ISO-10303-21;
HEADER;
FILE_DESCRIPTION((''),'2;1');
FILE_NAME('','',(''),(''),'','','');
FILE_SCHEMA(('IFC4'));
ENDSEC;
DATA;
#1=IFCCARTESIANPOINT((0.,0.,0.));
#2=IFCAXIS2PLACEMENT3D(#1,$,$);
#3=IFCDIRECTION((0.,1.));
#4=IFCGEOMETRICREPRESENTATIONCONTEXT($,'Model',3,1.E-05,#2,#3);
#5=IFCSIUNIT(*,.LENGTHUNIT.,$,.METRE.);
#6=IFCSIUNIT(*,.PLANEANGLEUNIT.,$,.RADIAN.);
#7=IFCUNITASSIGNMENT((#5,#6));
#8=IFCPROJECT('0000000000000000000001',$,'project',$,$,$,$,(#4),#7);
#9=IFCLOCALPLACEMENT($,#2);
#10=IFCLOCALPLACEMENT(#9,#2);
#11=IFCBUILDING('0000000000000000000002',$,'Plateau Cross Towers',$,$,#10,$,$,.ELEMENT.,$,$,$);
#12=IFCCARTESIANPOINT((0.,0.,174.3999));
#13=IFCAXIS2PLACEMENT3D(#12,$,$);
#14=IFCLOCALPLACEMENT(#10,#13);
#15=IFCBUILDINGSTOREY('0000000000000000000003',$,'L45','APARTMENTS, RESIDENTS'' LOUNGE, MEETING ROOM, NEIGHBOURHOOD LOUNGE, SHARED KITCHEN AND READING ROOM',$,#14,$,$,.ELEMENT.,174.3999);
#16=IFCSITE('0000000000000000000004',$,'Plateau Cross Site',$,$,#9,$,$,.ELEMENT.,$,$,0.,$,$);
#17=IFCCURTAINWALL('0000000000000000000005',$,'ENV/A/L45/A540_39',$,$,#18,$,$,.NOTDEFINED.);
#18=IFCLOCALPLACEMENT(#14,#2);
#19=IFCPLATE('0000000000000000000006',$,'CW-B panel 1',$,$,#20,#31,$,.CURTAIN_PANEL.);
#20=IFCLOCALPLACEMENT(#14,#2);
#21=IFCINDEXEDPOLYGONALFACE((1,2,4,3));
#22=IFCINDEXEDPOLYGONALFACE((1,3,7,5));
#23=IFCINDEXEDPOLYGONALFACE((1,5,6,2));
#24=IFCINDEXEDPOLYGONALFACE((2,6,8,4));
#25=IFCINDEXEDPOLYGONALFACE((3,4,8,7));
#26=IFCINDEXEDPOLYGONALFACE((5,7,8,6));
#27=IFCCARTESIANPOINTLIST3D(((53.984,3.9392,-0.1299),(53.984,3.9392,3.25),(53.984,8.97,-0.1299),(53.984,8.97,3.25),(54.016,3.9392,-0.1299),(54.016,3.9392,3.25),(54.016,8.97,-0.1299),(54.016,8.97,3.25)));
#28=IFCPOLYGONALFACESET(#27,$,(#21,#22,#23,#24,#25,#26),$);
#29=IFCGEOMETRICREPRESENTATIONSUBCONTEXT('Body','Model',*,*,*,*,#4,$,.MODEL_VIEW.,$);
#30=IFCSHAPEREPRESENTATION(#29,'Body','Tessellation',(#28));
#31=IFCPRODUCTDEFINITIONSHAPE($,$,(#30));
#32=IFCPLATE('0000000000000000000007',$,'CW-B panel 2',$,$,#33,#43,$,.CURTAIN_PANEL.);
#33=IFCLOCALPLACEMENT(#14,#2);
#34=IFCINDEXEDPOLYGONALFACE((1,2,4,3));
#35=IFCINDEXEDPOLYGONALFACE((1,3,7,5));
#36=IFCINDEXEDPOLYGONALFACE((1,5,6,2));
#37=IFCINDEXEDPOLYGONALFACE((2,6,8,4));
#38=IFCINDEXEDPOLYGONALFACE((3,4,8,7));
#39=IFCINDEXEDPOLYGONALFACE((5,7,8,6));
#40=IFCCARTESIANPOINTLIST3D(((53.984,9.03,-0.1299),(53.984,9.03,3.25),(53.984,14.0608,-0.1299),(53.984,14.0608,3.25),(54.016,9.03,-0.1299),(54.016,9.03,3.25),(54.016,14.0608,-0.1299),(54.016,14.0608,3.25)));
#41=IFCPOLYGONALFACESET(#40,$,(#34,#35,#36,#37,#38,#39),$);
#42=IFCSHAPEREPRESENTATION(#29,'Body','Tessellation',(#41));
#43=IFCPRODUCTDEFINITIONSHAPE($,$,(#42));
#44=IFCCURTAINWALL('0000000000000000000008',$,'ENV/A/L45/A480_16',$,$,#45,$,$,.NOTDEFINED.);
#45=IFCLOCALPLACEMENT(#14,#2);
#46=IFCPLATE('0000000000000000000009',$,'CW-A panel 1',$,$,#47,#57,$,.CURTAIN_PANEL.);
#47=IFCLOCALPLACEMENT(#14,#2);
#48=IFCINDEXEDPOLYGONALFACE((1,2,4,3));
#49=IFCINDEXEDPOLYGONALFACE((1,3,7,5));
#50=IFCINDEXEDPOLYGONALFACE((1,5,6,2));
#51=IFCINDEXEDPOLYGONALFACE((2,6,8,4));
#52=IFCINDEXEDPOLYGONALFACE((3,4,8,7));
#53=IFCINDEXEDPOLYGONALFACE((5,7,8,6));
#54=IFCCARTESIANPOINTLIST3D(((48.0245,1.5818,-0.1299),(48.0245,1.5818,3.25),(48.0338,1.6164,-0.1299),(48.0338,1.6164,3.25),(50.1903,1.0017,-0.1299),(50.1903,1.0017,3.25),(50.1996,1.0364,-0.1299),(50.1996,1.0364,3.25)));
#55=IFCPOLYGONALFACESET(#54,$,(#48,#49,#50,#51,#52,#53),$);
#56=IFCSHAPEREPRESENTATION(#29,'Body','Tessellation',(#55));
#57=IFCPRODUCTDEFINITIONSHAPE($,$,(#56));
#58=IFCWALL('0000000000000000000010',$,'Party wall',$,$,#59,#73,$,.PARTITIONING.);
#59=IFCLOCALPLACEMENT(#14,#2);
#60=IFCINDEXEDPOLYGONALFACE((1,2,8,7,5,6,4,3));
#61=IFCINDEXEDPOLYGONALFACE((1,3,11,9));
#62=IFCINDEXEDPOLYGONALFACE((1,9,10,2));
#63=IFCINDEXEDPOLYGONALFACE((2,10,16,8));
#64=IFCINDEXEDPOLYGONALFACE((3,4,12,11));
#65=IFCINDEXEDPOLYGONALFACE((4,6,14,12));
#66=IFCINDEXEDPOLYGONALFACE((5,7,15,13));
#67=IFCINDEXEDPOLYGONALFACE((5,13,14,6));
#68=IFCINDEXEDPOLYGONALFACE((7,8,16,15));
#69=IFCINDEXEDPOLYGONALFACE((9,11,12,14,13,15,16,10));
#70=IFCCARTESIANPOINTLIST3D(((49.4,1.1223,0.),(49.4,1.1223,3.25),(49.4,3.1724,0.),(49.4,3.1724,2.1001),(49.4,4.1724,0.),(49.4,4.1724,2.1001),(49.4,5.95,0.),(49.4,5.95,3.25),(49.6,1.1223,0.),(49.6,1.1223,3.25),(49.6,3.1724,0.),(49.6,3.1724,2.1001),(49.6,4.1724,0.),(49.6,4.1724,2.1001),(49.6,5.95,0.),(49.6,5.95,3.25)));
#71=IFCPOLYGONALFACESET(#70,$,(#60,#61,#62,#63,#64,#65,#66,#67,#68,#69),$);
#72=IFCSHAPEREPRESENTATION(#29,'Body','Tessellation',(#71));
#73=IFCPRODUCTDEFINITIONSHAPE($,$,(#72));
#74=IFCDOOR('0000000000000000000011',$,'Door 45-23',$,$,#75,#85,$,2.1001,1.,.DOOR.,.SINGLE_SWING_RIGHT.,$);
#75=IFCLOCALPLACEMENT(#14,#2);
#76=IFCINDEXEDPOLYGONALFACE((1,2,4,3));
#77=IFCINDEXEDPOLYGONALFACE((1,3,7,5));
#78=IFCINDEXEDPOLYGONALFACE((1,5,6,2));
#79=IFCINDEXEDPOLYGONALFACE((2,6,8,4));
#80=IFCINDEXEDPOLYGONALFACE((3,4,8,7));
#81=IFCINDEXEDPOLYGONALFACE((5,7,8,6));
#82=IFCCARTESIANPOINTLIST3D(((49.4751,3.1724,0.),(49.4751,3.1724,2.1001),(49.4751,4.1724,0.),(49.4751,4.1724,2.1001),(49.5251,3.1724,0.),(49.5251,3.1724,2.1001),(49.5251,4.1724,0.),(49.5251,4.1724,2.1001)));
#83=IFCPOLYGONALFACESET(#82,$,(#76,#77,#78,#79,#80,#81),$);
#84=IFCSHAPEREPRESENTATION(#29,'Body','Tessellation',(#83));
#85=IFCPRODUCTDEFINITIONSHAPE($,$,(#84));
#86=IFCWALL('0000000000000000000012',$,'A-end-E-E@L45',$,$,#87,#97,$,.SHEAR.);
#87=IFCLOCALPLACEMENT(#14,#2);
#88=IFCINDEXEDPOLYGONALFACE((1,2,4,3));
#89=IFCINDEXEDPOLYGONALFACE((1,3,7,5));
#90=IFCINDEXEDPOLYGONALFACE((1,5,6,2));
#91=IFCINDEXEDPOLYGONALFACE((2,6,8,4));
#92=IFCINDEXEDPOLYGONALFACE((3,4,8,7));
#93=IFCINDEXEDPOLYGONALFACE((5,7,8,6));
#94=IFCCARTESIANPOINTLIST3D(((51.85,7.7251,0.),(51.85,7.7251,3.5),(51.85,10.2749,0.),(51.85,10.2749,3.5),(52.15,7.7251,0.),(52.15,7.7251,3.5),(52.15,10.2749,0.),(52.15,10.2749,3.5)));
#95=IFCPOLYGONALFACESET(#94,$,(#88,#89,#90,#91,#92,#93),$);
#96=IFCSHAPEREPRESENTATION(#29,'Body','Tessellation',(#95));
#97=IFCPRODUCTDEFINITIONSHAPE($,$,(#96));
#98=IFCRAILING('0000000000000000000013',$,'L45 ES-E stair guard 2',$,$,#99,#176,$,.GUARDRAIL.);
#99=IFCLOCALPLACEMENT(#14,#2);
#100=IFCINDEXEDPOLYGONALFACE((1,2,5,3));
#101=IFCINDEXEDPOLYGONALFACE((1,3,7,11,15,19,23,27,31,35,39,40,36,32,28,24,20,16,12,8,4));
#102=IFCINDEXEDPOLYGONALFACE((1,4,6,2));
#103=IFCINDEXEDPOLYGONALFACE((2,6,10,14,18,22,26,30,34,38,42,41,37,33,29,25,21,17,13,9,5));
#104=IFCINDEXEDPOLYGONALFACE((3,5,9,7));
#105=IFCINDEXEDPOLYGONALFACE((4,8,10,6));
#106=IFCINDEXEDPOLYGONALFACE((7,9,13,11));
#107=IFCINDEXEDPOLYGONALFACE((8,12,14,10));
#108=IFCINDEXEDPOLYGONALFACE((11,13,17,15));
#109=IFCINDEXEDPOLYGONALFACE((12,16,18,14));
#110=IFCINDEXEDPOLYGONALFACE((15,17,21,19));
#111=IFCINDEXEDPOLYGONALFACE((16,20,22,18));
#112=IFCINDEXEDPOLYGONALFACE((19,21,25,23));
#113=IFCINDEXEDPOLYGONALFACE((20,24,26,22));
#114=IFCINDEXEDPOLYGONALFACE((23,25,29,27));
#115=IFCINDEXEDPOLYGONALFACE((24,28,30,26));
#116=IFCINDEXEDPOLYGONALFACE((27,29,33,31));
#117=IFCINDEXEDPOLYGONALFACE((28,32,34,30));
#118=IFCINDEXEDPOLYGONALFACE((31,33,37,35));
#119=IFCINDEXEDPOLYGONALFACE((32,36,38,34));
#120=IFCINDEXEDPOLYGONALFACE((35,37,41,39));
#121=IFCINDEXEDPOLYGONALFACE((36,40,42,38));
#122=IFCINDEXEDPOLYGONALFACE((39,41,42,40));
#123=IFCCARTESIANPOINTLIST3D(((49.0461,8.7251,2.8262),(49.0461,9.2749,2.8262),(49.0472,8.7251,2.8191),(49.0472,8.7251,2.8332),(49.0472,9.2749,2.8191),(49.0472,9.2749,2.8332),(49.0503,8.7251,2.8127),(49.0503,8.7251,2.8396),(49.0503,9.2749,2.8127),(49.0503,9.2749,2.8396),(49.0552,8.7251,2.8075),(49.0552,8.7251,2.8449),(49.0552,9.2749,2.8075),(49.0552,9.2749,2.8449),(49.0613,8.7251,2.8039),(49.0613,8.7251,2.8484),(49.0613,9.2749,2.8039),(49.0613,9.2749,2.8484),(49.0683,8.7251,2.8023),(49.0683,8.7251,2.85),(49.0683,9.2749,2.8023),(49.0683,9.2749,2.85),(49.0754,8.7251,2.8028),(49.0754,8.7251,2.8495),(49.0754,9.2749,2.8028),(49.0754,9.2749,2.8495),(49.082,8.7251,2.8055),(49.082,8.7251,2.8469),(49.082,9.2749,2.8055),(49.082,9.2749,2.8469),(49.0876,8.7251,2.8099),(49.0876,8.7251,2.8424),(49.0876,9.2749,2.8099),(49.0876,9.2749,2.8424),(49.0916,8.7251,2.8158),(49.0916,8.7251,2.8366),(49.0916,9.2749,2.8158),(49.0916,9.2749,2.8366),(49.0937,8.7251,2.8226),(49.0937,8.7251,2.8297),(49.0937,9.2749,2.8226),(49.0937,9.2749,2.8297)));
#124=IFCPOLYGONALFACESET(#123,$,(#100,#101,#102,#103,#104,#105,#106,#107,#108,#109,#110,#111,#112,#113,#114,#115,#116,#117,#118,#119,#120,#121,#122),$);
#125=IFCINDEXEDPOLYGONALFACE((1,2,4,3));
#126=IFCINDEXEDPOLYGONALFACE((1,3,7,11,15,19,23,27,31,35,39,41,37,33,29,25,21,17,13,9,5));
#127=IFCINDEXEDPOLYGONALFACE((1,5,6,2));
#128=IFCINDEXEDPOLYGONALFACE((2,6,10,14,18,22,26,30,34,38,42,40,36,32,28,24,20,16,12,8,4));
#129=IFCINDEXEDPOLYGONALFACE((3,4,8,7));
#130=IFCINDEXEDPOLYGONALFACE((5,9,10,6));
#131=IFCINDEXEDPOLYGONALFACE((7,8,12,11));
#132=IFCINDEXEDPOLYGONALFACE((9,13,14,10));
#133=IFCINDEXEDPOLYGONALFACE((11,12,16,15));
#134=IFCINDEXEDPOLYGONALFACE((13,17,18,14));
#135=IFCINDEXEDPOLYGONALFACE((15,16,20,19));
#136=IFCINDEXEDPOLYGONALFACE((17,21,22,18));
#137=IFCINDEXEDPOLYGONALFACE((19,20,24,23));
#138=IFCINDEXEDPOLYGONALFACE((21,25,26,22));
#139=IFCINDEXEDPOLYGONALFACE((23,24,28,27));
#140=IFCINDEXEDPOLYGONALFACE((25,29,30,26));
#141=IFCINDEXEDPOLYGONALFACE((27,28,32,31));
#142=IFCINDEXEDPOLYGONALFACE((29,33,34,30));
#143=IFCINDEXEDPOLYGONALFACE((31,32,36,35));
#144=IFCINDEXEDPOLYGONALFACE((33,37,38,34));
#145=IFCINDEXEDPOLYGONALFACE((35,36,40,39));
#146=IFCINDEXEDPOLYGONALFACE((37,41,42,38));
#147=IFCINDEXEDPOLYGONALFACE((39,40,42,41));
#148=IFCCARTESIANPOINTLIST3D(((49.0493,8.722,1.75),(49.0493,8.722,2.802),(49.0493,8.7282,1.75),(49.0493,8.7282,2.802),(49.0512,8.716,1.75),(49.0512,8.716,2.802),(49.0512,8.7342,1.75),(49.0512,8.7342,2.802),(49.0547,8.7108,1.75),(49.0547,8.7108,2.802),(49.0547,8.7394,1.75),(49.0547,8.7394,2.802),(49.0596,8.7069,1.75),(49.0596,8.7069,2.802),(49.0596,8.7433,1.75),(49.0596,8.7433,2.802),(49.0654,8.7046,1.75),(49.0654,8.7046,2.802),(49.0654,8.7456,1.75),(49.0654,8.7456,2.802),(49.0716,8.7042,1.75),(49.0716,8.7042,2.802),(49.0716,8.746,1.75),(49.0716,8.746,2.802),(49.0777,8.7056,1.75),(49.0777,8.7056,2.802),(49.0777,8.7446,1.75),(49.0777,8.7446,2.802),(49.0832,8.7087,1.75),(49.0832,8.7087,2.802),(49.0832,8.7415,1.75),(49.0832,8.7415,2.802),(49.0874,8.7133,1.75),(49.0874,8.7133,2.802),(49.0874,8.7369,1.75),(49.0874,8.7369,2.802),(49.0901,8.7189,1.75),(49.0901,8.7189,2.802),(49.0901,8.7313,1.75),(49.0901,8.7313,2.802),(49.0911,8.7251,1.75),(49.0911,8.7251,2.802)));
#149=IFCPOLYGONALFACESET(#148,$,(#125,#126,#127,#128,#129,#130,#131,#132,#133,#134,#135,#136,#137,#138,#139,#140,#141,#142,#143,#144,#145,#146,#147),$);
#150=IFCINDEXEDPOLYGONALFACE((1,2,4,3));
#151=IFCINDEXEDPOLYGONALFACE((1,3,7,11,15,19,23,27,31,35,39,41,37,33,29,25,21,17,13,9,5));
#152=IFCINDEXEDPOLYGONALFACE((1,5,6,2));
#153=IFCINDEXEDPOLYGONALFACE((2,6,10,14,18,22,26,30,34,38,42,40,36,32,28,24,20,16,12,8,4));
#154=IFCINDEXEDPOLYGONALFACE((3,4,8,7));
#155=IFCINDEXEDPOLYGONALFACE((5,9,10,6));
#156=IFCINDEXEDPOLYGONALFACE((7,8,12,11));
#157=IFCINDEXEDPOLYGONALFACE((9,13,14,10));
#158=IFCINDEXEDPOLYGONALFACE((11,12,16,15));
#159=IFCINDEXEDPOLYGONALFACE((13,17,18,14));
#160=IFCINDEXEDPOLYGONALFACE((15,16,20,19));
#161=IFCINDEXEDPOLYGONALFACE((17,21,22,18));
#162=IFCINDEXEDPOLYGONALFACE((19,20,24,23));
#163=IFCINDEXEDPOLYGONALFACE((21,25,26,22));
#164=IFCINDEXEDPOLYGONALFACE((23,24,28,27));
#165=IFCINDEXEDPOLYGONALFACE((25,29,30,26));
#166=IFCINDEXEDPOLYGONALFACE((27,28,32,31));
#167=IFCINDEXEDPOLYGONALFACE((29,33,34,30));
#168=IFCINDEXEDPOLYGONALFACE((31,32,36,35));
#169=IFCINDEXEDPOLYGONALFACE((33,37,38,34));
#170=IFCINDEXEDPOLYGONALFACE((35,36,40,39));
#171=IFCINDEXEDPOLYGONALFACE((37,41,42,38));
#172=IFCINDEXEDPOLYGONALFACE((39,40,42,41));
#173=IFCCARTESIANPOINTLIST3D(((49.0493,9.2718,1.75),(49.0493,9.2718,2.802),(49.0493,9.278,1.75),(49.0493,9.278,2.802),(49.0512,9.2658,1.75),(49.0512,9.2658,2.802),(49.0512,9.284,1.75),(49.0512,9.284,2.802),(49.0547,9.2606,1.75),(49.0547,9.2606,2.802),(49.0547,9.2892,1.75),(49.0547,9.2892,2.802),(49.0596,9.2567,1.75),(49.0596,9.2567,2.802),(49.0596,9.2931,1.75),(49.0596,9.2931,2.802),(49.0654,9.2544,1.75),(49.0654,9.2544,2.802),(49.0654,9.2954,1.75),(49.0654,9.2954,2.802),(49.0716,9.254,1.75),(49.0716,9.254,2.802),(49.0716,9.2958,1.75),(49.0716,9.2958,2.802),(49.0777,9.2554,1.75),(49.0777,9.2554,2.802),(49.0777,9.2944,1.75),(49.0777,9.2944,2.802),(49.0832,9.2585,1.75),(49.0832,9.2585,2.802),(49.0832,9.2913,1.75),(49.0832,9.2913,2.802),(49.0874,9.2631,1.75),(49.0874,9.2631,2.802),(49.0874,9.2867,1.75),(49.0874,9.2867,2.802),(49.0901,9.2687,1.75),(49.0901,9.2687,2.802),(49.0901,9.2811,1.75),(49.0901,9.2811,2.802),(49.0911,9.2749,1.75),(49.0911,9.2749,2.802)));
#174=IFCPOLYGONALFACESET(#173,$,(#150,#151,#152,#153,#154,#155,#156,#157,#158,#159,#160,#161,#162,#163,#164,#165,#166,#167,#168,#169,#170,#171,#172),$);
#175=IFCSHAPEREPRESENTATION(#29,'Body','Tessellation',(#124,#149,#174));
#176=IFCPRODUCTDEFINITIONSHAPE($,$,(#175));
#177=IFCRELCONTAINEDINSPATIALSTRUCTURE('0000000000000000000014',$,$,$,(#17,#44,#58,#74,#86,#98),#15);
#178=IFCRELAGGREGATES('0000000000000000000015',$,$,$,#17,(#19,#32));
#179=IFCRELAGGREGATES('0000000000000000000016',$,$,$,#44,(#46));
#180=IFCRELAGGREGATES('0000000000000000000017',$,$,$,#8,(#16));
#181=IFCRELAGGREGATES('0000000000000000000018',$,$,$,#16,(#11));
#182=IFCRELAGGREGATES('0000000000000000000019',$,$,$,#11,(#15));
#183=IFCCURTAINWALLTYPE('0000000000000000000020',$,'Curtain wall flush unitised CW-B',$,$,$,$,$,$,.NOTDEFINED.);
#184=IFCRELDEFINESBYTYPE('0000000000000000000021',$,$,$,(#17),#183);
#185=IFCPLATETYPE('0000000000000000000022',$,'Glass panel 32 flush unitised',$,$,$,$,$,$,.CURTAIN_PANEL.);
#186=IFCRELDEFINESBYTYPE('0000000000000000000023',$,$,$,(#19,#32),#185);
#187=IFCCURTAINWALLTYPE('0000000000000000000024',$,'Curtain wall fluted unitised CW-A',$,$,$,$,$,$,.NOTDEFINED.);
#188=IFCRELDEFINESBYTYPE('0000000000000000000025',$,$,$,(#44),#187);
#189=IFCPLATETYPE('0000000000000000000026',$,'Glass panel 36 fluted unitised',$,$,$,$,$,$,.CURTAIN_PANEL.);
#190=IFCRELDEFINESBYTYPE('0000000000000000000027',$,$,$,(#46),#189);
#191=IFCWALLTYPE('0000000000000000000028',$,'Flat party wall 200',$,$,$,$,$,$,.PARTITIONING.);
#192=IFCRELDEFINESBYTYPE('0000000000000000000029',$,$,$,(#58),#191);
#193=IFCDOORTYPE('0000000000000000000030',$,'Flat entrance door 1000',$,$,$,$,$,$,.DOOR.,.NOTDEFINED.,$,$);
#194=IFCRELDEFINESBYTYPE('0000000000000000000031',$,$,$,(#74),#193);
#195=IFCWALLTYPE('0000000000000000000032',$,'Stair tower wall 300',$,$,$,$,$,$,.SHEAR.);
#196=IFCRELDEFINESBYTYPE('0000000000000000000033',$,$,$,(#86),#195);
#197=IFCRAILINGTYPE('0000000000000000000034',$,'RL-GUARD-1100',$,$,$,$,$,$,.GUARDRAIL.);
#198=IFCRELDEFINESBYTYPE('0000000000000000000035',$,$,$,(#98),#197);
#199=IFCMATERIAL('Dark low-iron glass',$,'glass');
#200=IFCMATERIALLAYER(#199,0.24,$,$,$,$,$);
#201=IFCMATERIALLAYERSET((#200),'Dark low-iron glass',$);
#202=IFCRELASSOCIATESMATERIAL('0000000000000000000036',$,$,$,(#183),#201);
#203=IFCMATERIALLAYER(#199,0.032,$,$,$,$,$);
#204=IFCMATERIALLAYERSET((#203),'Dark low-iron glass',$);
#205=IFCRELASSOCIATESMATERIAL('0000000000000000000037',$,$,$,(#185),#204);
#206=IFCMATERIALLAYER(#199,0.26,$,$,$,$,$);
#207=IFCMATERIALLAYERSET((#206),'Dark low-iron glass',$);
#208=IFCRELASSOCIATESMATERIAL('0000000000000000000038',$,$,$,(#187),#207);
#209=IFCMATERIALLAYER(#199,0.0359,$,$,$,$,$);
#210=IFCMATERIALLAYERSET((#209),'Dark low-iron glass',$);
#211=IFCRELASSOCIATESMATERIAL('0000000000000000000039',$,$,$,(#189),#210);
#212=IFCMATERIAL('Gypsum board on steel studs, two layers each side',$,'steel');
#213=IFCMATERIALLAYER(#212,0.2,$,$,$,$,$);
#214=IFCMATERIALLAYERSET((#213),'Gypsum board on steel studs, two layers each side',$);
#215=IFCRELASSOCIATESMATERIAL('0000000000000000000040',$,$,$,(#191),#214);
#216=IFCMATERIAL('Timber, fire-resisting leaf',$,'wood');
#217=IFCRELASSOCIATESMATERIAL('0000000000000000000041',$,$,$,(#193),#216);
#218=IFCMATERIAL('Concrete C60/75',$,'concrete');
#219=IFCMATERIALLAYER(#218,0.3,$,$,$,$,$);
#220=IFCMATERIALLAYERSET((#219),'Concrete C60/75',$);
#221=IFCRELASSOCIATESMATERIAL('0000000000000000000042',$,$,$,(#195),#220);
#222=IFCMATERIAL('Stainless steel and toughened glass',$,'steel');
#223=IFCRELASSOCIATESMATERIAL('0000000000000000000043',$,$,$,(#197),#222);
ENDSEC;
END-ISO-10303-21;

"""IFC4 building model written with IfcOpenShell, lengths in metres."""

from ifc_helpers import new_model, si_unit, direction, frame, frame_2d, origin, origin_2d, place, context, subcontext, project, spatial, rectangle, circle, extrude, material, layer, layer_set, type_object, element, fill, aggregate, save


model = new_model("IFC4")

# Units and contexts
model_context = context("Model", 3, precision=1e-05, world=origin(), true_north=direction((0.0, 1.0)))
body_context = subcontext(model_context, "Body", "Model", "MODEL_VIEW")
ifc_project = project(units=[si_unit("LENGTHUNIT", "METRE"), si_unit("PLANEANGLEUNIT", "RADIAN")], contexts=[model_context])

# Site, building, storey
site_placement = place(None, origin())
site = spatial("IfcSite", under=ifc_project, at=site_placement, Name="Plateau Cross Site", CompositionType="ELEMENT", RefElevation=0.0)
building_placement = place(site_placement, origin())
building = spatial("IfcBuilding", under=site, at=building_placement, Name="Plateau Cross Towers", CompositionType="ELEMENT")
storey_placement = place(building_placement, frame((0.0, 0.0, 174.3999)))
storey = spatial("IfcBuildingStorey", under=building, at=storey_placement, Name="L45", Description="APARTMENTS, RESIDENTS' LOUNGE, MEETING ROOM, NEIGHBOURHOOD LOUNGE, SHARED KITCHEN AND READING ROOM", CompositionType="ELEMENT", Elevation=174.3999)

# Shared definitions
ifc_material_1 = material(Name="Concrete C60/75", Category="concrete")

# Shared definitions
ifc_material_2 = material(Name="Dark low-iron glass", Category="glass")
ifc_layer_1 = layer(ifc_material_2, 0.24)
ifc_layer_set_1 = layer_set([ifc_layer_1], Name="Dark low-iron glass")
curtain_wall_type_1 = type_object("IfcCurtainWallType", Name="Curtain wall flush unitised CW-B", PredefinedType="NOTDEFINED", material=ifc_layer_set_1)

# Curtain wall
curtain_wall_1_placement = place(storey_placement, origin())
curtain_wall_1 = element("IfcCurtainWall", 1, at=curtain_wall_1_placement, inside=storey, type_object=curtain_wall_type_1, Name="ENV/A/L45/A540_39", PredefinedType="NOTDEFINED")

# Plates
ifc_layer_2 = layer(ifc_material_2, 0.032)
ifc_layer_set_2 = layer_set([ifc_layer_2], Name="Dark low-iron glass")
plate_type_1 = type_object("IfcPlateType", Name="Glass panel 32 flush unitised", PredefinedType="CURTAIN_PANEL", material=ifc_layer_set_2)
plate_1_placement = place(storey_placement, frame((54.0, 6.4546, -0.1299), z_axis=(0.0, 0.0, 1.0), x_axis=(0.0, 1.0, 0.0)))
plate_1 = element("IfcPlate", 2, at=plate_1_placement, type_object=plate_type_1, Name="CW-B panel 1", PredefinedType="CURTAIN_PANEL", context=body_context, shape_type="SweptSolid", body=[
    extrude(rectangle(XDim=5.0308, YDim=0.032, at=origin_2d()), origin(), (0.0, 0.0, 1.0), 3.3799),
])
plate_2_placement = place(storey_placement, frame((54.0, 11.5454, -0.1299), z_axis=(0.0, 0.0, 1.0), x_axis=(0.0, 1.0, 0.0)))
plate_2 = element("IfcPlate", 3, at=plate_2_placement, type_object=plate_type_1, Name="CW-B panel 2", PredefinedType="CURTAIN_PANEL", context=body_context, shape_type="SweptSolid", body=[
    extrude(rectangle(XDim=5.0308, YDim=0.032, at=origin_2d()), origin(), (0.0, 0.0, 1.0), 3.3799),
])
aggregate(curtain_wall_1, [plate_1, plate_2])

# Curtain wall, plate
ifc_layer_3 = layer(ifc_material_2, 0.26)
ifc_layer_set_3 = layer_set([ifc_layer_3], Name="Dark low-iron glass")
curtain_wall_type_2 = type_object("IfcCurtainWallType", Name="Curtain wall fluted unitised CW-A", PredefinedType="NOTDEFINED", material=ifc_layer_set_3)
curtain_wall_2_placement = place(storey_placement, origin())
curtain_wall_2 = element("IfcCurtainWall", 4, at=curtain_wall_2_placement, inside=storey, type_object=curtain_wall_type_2, Name="ENV/A/L45/A480_16", PredefinedType="NOTDEFINED")
ifc_layer_4 = layer(ifc_material_2, 0.0359)
ifc_layer_set_4 = layer_set([ifc_layer_4], Name="Dark low-iron glass")
plate_type_2 = type_object("IfcPlateType", Name="Glass panel 36 fluted unitised", PredefinedType="CURTAIN_PANEL", material=ifc_layer_set_4)
plate_3_placement = place(storey_placement, frame((49.1121, 1.3091, -0.1299), z_axis=(0.0, 0.0, 1.0), x_axis=(0.965958, -0.258699, 0.0)))
plate_3 = element("IfcPlate", 5, at=plate_3_placement, type_object=plate_type_2, Name="CW-A panel 1", PredefinedType="CURTAIN_PANEL", context=body_context, shape_type="SweptSolid", body=[
    extrude(rectangle(XDim=2.2422, YDim=0.0359, at=origin_2d()), origin(), (0.0, 0.0, 1.0), 3.3799),
])
aggregate(curtain_wall_2, [plate_3])

# Wall, opening, door
ifc_material_3 = material(Name="Gypsum board on steel studs, two layers each side", Category="steel")
ifc_layer_5 = layer(ifc_material_3, 0.2)
ifc_layer_set_5 = layer_set([ifc_layer_5], Name="Gypsum board on steel studs, two layers each side")
wall_type_1 = type_object("IfcWallType", Name="Flat party wall 200", PredefinedType="PARTITIONING", material=ifc_layer_set_5)
wall_1_placement = place(storey_placement, frame((49.5, 1.1223, 0.0), z_axis=(0.0, 0.0, 1.0), x_axis=(0.0, 1.0, 0.0)))
wall_1 = element("IfcWall", 6, at=wall_1_placement, inside=storey, type_object=wall_type_1, Name="Party wall", PredefinedType="PARTITIONING", context=body_context, shape_type="SweptSolid", body=[
    extrude(rectangle(XDim=4.8276, YDim=0.2, at=frame_2d((2.4138, 0.0))), origin(), (0.0, 0.0, 1.0), 3.25),
])
opening_placement = place(wall_1_placement, frame((2.05, 0.0, 0.0)))
opening = element("IfcOpeningElement", 7, at=opening_placement, cuts=wall_1, PredefinedType="OPENING", context=body_context, shape_type="SweptSolid", body=[
    extrude(rectangle(XDim=1.0, YDim=2.1001, at=frame_2d((0.5, 1.05))), frame((0.0, 0.1099, 0.0), z_axis=(0.0, -1.0, 0.0), x_axis=(1.0, 0.0, 0.0)), (0.0, 0.0, 1.0), 0.22),
])
ifc_material_4 = material(Name="Timber, fire-resisting leaf", Category="wood")
door_type = type_object("IfcDoorType", Name="Flat entrance door 1000", OperationType="NOTDEFINED", PredefinedType="DOOR", material=ifc_material_4)
door_placement = place(opening_placement, origin())
door = element("IfcDoor", 8, at=door_placement, inside=storey, type_object=door_type, Name="Door 45-23", OperationType="SINGLE_SWING_RIGHT", OverallHeight=2.1001, OverallWidth=1.0, PredefinedType="DOOR", context=body_context, shape_type="SweptSolid", body=[
    extrude(rectangle(XDim=1.0, YDim=2.1001, at=frame_2d((0.5, 1.05))), frame((0.0, 0.0249, 0.0), z_axis=(0.0, -1.0, 0.0), x_axis=(1.0, 0.0, 0.0)), (0.0, 0.0, 1.0), 0.05),
])
fill(opening, door)

# Wall
ifc_layer_6 = layer(ifc_material_1, 0.3)
ifc_layer_set_6 = layer_set([ifc_layer_6], Name="Concrete C60/75")
wall_type_2 = type_object("IfcWallType", Name="Stair tower wall 300", PredefinedType="SHEAR", material=ifc_layer_set_6)
wall_2_placement = place(storey_placement, frame((52.0, 7.7251, 0.0), z_axis=(0.0, 0.0, 1.0), x_axis=(0.0, 1.0, 0.0)))
element("IfcWall", 9, at=wall_2_placement, inside=storey, type_object=wall_type_2, Name="A-end-E-E@L45", PredefinedType="SHEAR", context=body_context, shape_type="SweptSolid", body=[
    extrude(rectangle(XDim=2.5498, YDim=0.3, at=frame_2d((1.2749, 0.0))), origin(), (0.0, 0.0, 1.0), 3.5),
])

# Railing
ifc_material_5 = material(Name="Stainless steel and toughened glass", Category="steel")
railing_type_1 = type_object("IfcRailingType", Name="RL-GUARD-1100", PredefinedType="GUARDRAIL", material=ifc_material_5)
railing_1_placement = place(storey_placement, frame((49.0701, 8.7251, 1.75)))
element("IfcRailing", 10, at=railing_1_placement, inside=storey, type_object=railing_type_1, Name="L45 ES-E stair guard 2", PredefinedType="GUARDRAIL", context=body_context, shape_type="SweptSolid", body=[
    extrude(circle(Radius=0.0239, at=origin_2d()), frame((0.0, 0.0, 1.0762), z_axis=(0.0, 1.0, 0.0), x_axis=(-1.0, 0.0, 0.0)), (0.0, 0.0, 1.0), 0.5498),
    extrude(circle(Radius=0.021, at=origin_2d()), origin(), (0.0, 0.0, 1.0), 1.052),
    extrude(circle(Radius=0.021, at=origin_2d()), frame((0.0, 0.5498, 0.0)), (0.0, 0.0, 1.0), 1.052),
])

save(model, "model.ifc")
